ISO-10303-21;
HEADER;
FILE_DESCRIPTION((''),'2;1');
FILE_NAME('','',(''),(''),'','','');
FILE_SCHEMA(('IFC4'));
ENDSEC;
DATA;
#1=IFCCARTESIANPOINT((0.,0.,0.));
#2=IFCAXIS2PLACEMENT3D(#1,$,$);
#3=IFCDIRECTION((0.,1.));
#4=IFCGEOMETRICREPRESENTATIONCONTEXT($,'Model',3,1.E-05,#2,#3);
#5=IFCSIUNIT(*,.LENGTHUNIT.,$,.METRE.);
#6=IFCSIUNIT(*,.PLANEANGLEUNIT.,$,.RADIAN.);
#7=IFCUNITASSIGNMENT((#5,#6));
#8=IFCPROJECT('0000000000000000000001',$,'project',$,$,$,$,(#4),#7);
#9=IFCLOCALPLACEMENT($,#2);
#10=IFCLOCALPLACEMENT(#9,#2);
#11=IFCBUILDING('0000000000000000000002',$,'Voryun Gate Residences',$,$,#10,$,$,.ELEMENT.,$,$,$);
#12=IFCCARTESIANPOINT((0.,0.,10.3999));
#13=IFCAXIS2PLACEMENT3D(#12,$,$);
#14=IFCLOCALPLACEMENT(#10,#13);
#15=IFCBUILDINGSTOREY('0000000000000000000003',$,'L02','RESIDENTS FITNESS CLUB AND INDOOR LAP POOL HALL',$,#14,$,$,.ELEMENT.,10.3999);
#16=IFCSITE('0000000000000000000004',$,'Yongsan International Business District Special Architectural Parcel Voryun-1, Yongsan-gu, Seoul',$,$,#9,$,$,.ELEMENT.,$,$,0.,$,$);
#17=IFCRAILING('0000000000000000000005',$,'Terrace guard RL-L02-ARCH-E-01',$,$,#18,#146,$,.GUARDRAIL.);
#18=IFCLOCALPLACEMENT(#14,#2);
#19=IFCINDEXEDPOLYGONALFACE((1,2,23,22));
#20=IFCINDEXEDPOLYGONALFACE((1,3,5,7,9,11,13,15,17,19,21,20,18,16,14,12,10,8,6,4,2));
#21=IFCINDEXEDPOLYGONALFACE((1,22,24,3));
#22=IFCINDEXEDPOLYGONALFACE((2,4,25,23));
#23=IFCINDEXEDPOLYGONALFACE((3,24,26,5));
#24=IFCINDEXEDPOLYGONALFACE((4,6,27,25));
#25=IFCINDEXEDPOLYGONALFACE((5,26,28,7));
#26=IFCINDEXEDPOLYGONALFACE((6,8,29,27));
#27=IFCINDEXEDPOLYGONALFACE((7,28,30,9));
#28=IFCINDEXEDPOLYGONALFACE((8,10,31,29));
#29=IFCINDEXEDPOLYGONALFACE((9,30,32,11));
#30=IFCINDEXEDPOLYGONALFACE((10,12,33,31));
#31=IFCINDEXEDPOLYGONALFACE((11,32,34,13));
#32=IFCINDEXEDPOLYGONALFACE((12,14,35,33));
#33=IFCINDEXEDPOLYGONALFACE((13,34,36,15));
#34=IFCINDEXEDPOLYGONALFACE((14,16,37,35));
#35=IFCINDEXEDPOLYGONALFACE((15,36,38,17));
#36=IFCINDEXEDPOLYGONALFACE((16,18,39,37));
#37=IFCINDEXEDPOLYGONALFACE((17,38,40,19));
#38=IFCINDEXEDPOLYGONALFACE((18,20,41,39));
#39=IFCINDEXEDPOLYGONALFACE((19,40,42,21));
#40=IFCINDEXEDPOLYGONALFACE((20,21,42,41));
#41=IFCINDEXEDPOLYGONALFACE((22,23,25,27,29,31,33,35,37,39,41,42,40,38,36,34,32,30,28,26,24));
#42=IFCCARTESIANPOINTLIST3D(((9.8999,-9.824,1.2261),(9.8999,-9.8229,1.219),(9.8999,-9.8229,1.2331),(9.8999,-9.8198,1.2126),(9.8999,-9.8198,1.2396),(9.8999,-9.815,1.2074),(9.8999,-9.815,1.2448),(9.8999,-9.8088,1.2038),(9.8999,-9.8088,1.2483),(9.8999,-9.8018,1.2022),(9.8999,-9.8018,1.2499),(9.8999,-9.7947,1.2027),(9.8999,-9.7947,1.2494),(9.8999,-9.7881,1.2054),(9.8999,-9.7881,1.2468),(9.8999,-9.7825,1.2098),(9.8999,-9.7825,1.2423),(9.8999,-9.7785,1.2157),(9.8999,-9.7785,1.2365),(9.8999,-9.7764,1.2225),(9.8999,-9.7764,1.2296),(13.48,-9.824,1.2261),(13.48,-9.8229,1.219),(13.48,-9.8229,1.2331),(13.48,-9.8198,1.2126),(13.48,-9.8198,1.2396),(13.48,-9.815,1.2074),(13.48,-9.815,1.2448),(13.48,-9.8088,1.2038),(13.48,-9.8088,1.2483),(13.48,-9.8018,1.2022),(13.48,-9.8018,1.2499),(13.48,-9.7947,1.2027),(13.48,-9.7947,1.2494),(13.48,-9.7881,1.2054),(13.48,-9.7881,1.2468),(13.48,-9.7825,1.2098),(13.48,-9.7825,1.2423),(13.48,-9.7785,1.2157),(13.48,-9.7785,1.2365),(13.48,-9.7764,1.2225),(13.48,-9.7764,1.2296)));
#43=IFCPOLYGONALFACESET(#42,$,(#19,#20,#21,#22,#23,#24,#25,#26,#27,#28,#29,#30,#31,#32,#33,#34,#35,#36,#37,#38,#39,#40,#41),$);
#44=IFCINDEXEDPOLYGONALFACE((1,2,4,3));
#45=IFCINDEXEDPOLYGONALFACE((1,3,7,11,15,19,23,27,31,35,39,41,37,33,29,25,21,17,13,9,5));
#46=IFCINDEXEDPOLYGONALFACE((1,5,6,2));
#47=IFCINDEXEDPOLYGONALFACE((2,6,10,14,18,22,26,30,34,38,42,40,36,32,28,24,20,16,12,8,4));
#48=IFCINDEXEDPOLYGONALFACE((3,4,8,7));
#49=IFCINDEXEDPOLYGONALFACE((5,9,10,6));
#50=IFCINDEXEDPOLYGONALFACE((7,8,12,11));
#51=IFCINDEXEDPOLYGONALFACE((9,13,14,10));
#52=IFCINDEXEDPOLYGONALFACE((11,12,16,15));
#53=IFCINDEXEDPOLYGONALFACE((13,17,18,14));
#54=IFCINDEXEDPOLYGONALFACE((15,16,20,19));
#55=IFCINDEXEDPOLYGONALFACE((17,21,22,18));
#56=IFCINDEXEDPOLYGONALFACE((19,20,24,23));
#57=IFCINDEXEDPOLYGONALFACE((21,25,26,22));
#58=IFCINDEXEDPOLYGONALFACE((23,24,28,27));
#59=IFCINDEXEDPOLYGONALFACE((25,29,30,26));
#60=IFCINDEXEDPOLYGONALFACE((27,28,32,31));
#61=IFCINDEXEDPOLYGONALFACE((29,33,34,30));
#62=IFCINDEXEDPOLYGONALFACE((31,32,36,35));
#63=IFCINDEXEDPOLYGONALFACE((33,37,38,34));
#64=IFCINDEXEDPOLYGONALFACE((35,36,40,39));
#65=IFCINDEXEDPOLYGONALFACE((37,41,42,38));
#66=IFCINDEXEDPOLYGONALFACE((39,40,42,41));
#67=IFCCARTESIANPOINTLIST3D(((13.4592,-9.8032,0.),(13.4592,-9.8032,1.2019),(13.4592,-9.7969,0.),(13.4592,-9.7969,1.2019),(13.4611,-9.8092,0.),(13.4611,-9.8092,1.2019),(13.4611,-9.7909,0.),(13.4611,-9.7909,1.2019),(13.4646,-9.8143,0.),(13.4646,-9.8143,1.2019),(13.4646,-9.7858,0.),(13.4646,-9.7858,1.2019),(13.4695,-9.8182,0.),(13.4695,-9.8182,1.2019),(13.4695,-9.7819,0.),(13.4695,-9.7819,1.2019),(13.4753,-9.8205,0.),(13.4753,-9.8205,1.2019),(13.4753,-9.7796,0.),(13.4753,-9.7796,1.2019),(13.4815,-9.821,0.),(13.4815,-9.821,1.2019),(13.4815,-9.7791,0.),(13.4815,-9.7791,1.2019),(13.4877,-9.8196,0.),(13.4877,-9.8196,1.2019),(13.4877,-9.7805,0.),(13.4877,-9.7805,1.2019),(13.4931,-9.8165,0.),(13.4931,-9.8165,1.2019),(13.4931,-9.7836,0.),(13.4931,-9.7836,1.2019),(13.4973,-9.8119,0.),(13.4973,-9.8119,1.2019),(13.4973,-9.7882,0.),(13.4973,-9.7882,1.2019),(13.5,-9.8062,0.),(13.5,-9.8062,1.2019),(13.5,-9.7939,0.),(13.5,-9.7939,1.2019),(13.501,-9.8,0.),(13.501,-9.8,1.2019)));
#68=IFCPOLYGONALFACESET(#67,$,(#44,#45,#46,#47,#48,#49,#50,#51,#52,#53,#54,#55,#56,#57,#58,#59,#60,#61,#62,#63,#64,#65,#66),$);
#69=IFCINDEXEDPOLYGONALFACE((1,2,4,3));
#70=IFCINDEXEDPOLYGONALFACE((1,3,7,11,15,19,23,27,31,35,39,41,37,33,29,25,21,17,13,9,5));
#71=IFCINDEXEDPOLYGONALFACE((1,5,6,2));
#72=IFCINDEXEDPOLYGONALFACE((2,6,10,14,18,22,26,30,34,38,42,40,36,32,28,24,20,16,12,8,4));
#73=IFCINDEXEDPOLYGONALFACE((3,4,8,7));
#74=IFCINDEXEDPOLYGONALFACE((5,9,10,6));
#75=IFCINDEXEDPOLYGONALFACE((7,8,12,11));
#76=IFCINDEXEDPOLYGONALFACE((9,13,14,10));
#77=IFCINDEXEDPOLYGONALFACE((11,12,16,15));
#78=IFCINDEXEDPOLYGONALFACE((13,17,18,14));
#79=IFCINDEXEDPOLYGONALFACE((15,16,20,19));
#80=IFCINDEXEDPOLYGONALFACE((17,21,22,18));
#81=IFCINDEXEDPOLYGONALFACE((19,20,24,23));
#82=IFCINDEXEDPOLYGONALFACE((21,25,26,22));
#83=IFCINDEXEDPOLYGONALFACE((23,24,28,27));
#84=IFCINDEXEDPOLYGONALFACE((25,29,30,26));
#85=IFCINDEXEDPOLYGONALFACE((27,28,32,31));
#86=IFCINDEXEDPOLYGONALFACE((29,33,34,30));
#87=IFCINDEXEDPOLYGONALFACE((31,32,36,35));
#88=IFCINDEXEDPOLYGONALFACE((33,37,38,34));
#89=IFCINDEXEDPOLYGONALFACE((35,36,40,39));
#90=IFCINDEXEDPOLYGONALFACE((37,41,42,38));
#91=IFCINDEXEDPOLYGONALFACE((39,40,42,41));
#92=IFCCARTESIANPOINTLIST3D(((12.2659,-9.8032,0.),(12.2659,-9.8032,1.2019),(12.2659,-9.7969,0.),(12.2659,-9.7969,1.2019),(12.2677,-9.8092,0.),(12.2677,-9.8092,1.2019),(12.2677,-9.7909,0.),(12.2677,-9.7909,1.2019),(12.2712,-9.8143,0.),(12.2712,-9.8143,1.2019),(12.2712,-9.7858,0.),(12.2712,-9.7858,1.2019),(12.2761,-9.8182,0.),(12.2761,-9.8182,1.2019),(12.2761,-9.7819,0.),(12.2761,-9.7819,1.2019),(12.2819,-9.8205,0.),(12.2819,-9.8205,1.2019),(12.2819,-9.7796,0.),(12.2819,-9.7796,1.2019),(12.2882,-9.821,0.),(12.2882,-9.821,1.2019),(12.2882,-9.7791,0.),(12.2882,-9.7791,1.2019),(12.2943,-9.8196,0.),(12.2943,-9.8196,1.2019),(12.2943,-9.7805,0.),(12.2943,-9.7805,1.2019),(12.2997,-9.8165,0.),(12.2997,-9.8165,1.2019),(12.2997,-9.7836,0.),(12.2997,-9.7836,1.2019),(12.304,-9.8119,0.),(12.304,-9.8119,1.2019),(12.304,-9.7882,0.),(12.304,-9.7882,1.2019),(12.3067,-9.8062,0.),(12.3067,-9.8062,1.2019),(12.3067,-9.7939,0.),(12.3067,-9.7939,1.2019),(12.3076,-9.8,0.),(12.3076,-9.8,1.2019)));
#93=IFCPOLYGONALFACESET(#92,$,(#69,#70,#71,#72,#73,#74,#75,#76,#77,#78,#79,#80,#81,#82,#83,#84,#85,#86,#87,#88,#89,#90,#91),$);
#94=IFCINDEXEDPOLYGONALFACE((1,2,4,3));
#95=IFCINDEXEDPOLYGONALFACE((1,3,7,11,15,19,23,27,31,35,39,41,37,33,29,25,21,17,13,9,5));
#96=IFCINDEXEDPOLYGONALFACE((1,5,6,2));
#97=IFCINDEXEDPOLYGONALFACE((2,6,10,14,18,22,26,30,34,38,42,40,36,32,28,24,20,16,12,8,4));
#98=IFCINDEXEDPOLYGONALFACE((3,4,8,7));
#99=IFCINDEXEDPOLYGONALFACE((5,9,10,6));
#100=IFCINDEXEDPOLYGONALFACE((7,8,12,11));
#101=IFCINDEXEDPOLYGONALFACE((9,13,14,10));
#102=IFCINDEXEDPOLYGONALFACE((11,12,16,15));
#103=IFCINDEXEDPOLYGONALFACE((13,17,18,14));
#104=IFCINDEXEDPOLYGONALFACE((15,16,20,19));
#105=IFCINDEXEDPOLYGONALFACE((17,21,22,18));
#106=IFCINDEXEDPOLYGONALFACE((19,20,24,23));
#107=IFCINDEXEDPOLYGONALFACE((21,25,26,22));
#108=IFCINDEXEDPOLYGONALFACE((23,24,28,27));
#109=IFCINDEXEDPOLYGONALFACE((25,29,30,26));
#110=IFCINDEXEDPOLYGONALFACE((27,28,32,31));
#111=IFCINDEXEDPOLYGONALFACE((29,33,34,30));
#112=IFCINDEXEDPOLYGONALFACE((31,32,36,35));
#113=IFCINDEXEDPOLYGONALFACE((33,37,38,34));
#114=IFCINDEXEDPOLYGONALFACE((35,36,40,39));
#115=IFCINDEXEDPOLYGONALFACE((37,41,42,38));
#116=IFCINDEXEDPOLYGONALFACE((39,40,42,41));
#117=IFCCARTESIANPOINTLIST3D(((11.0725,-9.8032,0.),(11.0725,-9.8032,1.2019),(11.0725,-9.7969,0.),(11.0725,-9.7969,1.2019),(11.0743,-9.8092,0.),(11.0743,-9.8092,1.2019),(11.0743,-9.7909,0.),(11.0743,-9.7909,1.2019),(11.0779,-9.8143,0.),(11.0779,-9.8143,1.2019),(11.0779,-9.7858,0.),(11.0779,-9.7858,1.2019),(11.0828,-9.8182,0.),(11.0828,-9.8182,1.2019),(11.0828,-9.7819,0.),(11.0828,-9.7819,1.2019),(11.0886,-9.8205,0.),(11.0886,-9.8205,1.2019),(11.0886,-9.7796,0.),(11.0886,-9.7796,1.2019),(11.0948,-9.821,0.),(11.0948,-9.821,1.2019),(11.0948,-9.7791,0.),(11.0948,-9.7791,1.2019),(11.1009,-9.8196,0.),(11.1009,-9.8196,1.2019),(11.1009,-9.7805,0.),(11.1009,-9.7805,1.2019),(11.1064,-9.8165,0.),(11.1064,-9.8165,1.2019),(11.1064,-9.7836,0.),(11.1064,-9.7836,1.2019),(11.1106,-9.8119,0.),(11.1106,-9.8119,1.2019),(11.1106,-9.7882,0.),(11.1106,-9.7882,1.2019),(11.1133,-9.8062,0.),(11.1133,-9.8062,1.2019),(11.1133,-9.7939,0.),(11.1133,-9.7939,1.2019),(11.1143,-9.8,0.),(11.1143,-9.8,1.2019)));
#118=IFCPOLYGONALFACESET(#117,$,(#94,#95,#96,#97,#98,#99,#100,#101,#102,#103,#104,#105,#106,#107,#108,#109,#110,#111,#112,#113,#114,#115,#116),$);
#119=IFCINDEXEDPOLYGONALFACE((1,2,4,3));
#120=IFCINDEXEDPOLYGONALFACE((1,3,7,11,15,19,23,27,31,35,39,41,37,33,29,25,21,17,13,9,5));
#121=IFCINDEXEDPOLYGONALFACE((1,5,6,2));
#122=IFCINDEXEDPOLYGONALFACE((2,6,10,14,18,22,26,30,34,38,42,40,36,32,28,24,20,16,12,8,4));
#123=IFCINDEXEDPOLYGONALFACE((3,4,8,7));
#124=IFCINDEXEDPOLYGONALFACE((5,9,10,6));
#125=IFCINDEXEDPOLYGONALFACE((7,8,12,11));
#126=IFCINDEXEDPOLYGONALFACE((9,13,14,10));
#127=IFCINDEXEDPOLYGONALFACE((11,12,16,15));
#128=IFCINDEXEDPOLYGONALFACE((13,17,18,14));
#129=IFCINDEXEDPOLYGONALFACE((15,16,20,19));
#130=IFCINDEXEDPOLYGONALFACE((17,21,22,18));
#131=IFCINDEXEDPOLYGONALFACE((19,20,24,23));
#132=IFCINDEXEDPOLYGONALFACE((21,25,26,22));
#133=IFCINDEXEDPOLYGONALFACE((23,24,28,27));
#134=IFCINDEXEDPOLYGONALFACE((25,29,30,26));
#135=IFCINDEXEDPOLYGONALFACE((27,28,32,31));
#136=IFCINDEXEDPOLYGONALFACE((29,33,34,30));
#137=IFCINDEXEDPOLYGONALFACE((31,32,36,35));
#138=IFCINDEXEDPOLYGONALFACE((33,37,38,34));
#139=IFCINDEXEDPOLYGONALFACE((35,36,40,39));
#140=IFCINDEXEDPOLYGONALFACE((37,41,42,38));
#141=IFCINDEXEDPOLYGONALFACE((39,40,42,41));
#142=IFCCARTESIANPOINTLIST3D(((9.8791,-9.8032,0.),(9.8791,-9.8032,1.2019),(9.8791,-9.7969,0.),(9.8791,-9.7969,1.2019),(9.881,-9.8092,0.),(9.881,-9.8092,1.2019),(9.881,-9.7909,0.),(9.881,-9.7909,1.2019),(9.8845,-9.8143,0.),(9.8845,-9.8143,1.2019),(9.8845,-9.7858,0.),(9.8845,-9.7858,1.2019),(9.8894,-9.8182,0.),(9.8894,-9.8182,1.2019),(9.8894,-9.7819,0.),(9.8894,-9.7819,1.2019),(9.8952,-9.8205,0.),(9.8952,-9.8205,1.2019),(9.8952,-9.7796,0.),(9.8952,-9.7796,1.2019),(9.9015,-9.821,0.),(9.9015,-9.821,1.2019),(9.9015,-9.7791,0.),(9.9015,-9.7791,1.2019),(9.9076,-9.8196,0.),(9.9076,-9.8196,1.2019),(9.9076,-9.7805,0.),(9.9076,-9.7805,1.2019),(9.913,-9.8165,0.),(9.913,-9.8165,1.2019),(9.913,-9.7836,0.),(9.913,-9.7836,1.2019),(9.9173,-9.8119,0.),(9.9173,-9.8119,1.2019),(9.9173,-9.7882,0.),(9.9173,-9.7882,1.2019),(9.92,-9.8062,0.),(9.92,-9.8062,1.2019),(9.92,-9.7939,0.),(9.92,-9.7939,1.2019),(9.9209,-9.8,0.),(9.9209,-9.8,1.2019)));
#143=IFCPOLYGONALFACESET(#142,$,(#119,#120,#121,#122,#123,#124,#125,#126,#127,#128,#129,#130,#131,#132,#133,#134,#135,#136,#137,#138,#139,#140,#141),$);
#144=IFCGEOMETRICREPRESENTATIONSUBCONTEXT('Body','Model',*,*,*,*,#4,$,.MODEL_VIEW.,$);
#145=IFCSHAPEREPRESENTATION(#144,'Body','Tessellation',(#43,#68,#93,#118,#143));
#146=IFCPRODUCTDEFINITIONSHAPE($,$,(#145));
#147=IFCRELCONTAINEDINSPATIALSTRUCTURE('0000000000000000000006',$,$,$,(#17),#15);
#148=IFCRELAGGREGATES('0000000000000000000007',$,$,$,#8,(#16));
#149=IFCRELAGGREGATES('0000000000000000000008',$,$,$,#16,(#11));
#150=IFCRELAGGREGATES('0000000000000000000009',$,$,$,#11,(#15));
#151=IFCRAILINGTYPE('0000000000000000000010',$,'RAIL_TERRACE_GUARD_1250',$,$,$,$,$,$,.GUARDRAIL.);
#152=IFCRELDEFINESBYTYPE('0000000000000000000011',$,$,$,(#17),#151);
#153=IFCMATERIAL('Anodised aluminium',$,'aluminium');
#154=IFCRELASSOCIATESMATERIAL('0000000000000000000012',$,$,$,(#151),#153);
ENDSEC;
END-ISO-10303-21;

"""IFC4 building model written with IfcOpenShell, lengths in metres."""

from ifc_helpers import new_model, si_unit, direction, frame, origin, origin_2d, place, context, subcontext, project, spatial, circle, extrude, material, type_object, element, save


model = new_model("IFC4")

# Units and contexts
model_context = context("Model", 3, precision=1e-05, world=origin(), true_north=direction((0.0, 1.0)))
body_context = subcontext(model_context, "Body", "Model", "MODEL_VIEW")
ifc_project = project(units=[si_unit("LENGTHUNIT", "METRE"), si_unit("PLANEANGLEUNIT", "RADIAN")], contexts=[model_context])

# Site, building, storey
site_placement = place(None, origin())
site = spatial("IfcSite", under=ifc_project, at=site_placement, Name="Yongsan International Business District Special Architectural Parcel Voryun-1, Yongsan-gu, Seoul", CompositionType="ELEMENT", RefElevation=0.0)
building_placement = place(site_placement, origin())
building = spatial("IfcBuilding", under=site, at=building_placement, Name="Voryun Gate Residences", CompositionType="ELEMENT")
storey_placement = place(building_placement, frame((0.0, 0.0, 10.3999)))
storey = spatial("IfcBuildingStorey", under=building, at=storey_placement, Name="L02", Description="RESIDENTS FITNESS CLUB AND INDOOR LAP POOL HALL", CompositionType="ELEMENT", Elevation=10.3999)

# Railing
ifc_material_1 = material(Name="Anodised aluminium", Category="aluminium")
railing_type = type_object("IfcRailingType", Name="RAIL_TERRACE_GUARD_1250", PredefinedType="GUARDRAIL", material=ifc_material_1)
railing_placement = place(storey_placement, frame((13.48, -9.8, 0.0)))
element("IfcRailing", 1, at=railing_placement, inside=storey, type_object=railing_type, Name="Terrace guard RL-L02-ARCH-E-01", PredefinedType="GUARDRAIL", context=body_context, shape_type="SweptSolid", body=[
    extrude(circle(Radius=0.0239, at=origin_2d()), frame((0.0, 0.0, 1.2261), z_axis=(-1.0, 0.0, 0.0), x_axis=(0.0, -1.0, 0.0)), (0.0, 0.0, 1.0), 3.5801),
    extrude(circle(Radius=0.021, at=origin_2d()), origin(), (0.0, 0.0, 1.0), 1.2019),
    extrude(circle(Radius=0.021, at=origin_2d()), frame((-1.1934, 0.0, 0.0)), (0.0, 0.0, 1.0), 1.2019),
    extrude(circle(Radius=0.021, at=origin_2d()), frame((-2.3867, 0.0, 0.0)), (0.0, 0.0, 1.0), 1.2019),
    extrude(circle(Radius=0.021, at=origin_2d()), frame((-3.5801, 0.0, 0.0)), (0.0, 0.0, 1.0), 1.2019),
])

save(model, "model.ifc")
